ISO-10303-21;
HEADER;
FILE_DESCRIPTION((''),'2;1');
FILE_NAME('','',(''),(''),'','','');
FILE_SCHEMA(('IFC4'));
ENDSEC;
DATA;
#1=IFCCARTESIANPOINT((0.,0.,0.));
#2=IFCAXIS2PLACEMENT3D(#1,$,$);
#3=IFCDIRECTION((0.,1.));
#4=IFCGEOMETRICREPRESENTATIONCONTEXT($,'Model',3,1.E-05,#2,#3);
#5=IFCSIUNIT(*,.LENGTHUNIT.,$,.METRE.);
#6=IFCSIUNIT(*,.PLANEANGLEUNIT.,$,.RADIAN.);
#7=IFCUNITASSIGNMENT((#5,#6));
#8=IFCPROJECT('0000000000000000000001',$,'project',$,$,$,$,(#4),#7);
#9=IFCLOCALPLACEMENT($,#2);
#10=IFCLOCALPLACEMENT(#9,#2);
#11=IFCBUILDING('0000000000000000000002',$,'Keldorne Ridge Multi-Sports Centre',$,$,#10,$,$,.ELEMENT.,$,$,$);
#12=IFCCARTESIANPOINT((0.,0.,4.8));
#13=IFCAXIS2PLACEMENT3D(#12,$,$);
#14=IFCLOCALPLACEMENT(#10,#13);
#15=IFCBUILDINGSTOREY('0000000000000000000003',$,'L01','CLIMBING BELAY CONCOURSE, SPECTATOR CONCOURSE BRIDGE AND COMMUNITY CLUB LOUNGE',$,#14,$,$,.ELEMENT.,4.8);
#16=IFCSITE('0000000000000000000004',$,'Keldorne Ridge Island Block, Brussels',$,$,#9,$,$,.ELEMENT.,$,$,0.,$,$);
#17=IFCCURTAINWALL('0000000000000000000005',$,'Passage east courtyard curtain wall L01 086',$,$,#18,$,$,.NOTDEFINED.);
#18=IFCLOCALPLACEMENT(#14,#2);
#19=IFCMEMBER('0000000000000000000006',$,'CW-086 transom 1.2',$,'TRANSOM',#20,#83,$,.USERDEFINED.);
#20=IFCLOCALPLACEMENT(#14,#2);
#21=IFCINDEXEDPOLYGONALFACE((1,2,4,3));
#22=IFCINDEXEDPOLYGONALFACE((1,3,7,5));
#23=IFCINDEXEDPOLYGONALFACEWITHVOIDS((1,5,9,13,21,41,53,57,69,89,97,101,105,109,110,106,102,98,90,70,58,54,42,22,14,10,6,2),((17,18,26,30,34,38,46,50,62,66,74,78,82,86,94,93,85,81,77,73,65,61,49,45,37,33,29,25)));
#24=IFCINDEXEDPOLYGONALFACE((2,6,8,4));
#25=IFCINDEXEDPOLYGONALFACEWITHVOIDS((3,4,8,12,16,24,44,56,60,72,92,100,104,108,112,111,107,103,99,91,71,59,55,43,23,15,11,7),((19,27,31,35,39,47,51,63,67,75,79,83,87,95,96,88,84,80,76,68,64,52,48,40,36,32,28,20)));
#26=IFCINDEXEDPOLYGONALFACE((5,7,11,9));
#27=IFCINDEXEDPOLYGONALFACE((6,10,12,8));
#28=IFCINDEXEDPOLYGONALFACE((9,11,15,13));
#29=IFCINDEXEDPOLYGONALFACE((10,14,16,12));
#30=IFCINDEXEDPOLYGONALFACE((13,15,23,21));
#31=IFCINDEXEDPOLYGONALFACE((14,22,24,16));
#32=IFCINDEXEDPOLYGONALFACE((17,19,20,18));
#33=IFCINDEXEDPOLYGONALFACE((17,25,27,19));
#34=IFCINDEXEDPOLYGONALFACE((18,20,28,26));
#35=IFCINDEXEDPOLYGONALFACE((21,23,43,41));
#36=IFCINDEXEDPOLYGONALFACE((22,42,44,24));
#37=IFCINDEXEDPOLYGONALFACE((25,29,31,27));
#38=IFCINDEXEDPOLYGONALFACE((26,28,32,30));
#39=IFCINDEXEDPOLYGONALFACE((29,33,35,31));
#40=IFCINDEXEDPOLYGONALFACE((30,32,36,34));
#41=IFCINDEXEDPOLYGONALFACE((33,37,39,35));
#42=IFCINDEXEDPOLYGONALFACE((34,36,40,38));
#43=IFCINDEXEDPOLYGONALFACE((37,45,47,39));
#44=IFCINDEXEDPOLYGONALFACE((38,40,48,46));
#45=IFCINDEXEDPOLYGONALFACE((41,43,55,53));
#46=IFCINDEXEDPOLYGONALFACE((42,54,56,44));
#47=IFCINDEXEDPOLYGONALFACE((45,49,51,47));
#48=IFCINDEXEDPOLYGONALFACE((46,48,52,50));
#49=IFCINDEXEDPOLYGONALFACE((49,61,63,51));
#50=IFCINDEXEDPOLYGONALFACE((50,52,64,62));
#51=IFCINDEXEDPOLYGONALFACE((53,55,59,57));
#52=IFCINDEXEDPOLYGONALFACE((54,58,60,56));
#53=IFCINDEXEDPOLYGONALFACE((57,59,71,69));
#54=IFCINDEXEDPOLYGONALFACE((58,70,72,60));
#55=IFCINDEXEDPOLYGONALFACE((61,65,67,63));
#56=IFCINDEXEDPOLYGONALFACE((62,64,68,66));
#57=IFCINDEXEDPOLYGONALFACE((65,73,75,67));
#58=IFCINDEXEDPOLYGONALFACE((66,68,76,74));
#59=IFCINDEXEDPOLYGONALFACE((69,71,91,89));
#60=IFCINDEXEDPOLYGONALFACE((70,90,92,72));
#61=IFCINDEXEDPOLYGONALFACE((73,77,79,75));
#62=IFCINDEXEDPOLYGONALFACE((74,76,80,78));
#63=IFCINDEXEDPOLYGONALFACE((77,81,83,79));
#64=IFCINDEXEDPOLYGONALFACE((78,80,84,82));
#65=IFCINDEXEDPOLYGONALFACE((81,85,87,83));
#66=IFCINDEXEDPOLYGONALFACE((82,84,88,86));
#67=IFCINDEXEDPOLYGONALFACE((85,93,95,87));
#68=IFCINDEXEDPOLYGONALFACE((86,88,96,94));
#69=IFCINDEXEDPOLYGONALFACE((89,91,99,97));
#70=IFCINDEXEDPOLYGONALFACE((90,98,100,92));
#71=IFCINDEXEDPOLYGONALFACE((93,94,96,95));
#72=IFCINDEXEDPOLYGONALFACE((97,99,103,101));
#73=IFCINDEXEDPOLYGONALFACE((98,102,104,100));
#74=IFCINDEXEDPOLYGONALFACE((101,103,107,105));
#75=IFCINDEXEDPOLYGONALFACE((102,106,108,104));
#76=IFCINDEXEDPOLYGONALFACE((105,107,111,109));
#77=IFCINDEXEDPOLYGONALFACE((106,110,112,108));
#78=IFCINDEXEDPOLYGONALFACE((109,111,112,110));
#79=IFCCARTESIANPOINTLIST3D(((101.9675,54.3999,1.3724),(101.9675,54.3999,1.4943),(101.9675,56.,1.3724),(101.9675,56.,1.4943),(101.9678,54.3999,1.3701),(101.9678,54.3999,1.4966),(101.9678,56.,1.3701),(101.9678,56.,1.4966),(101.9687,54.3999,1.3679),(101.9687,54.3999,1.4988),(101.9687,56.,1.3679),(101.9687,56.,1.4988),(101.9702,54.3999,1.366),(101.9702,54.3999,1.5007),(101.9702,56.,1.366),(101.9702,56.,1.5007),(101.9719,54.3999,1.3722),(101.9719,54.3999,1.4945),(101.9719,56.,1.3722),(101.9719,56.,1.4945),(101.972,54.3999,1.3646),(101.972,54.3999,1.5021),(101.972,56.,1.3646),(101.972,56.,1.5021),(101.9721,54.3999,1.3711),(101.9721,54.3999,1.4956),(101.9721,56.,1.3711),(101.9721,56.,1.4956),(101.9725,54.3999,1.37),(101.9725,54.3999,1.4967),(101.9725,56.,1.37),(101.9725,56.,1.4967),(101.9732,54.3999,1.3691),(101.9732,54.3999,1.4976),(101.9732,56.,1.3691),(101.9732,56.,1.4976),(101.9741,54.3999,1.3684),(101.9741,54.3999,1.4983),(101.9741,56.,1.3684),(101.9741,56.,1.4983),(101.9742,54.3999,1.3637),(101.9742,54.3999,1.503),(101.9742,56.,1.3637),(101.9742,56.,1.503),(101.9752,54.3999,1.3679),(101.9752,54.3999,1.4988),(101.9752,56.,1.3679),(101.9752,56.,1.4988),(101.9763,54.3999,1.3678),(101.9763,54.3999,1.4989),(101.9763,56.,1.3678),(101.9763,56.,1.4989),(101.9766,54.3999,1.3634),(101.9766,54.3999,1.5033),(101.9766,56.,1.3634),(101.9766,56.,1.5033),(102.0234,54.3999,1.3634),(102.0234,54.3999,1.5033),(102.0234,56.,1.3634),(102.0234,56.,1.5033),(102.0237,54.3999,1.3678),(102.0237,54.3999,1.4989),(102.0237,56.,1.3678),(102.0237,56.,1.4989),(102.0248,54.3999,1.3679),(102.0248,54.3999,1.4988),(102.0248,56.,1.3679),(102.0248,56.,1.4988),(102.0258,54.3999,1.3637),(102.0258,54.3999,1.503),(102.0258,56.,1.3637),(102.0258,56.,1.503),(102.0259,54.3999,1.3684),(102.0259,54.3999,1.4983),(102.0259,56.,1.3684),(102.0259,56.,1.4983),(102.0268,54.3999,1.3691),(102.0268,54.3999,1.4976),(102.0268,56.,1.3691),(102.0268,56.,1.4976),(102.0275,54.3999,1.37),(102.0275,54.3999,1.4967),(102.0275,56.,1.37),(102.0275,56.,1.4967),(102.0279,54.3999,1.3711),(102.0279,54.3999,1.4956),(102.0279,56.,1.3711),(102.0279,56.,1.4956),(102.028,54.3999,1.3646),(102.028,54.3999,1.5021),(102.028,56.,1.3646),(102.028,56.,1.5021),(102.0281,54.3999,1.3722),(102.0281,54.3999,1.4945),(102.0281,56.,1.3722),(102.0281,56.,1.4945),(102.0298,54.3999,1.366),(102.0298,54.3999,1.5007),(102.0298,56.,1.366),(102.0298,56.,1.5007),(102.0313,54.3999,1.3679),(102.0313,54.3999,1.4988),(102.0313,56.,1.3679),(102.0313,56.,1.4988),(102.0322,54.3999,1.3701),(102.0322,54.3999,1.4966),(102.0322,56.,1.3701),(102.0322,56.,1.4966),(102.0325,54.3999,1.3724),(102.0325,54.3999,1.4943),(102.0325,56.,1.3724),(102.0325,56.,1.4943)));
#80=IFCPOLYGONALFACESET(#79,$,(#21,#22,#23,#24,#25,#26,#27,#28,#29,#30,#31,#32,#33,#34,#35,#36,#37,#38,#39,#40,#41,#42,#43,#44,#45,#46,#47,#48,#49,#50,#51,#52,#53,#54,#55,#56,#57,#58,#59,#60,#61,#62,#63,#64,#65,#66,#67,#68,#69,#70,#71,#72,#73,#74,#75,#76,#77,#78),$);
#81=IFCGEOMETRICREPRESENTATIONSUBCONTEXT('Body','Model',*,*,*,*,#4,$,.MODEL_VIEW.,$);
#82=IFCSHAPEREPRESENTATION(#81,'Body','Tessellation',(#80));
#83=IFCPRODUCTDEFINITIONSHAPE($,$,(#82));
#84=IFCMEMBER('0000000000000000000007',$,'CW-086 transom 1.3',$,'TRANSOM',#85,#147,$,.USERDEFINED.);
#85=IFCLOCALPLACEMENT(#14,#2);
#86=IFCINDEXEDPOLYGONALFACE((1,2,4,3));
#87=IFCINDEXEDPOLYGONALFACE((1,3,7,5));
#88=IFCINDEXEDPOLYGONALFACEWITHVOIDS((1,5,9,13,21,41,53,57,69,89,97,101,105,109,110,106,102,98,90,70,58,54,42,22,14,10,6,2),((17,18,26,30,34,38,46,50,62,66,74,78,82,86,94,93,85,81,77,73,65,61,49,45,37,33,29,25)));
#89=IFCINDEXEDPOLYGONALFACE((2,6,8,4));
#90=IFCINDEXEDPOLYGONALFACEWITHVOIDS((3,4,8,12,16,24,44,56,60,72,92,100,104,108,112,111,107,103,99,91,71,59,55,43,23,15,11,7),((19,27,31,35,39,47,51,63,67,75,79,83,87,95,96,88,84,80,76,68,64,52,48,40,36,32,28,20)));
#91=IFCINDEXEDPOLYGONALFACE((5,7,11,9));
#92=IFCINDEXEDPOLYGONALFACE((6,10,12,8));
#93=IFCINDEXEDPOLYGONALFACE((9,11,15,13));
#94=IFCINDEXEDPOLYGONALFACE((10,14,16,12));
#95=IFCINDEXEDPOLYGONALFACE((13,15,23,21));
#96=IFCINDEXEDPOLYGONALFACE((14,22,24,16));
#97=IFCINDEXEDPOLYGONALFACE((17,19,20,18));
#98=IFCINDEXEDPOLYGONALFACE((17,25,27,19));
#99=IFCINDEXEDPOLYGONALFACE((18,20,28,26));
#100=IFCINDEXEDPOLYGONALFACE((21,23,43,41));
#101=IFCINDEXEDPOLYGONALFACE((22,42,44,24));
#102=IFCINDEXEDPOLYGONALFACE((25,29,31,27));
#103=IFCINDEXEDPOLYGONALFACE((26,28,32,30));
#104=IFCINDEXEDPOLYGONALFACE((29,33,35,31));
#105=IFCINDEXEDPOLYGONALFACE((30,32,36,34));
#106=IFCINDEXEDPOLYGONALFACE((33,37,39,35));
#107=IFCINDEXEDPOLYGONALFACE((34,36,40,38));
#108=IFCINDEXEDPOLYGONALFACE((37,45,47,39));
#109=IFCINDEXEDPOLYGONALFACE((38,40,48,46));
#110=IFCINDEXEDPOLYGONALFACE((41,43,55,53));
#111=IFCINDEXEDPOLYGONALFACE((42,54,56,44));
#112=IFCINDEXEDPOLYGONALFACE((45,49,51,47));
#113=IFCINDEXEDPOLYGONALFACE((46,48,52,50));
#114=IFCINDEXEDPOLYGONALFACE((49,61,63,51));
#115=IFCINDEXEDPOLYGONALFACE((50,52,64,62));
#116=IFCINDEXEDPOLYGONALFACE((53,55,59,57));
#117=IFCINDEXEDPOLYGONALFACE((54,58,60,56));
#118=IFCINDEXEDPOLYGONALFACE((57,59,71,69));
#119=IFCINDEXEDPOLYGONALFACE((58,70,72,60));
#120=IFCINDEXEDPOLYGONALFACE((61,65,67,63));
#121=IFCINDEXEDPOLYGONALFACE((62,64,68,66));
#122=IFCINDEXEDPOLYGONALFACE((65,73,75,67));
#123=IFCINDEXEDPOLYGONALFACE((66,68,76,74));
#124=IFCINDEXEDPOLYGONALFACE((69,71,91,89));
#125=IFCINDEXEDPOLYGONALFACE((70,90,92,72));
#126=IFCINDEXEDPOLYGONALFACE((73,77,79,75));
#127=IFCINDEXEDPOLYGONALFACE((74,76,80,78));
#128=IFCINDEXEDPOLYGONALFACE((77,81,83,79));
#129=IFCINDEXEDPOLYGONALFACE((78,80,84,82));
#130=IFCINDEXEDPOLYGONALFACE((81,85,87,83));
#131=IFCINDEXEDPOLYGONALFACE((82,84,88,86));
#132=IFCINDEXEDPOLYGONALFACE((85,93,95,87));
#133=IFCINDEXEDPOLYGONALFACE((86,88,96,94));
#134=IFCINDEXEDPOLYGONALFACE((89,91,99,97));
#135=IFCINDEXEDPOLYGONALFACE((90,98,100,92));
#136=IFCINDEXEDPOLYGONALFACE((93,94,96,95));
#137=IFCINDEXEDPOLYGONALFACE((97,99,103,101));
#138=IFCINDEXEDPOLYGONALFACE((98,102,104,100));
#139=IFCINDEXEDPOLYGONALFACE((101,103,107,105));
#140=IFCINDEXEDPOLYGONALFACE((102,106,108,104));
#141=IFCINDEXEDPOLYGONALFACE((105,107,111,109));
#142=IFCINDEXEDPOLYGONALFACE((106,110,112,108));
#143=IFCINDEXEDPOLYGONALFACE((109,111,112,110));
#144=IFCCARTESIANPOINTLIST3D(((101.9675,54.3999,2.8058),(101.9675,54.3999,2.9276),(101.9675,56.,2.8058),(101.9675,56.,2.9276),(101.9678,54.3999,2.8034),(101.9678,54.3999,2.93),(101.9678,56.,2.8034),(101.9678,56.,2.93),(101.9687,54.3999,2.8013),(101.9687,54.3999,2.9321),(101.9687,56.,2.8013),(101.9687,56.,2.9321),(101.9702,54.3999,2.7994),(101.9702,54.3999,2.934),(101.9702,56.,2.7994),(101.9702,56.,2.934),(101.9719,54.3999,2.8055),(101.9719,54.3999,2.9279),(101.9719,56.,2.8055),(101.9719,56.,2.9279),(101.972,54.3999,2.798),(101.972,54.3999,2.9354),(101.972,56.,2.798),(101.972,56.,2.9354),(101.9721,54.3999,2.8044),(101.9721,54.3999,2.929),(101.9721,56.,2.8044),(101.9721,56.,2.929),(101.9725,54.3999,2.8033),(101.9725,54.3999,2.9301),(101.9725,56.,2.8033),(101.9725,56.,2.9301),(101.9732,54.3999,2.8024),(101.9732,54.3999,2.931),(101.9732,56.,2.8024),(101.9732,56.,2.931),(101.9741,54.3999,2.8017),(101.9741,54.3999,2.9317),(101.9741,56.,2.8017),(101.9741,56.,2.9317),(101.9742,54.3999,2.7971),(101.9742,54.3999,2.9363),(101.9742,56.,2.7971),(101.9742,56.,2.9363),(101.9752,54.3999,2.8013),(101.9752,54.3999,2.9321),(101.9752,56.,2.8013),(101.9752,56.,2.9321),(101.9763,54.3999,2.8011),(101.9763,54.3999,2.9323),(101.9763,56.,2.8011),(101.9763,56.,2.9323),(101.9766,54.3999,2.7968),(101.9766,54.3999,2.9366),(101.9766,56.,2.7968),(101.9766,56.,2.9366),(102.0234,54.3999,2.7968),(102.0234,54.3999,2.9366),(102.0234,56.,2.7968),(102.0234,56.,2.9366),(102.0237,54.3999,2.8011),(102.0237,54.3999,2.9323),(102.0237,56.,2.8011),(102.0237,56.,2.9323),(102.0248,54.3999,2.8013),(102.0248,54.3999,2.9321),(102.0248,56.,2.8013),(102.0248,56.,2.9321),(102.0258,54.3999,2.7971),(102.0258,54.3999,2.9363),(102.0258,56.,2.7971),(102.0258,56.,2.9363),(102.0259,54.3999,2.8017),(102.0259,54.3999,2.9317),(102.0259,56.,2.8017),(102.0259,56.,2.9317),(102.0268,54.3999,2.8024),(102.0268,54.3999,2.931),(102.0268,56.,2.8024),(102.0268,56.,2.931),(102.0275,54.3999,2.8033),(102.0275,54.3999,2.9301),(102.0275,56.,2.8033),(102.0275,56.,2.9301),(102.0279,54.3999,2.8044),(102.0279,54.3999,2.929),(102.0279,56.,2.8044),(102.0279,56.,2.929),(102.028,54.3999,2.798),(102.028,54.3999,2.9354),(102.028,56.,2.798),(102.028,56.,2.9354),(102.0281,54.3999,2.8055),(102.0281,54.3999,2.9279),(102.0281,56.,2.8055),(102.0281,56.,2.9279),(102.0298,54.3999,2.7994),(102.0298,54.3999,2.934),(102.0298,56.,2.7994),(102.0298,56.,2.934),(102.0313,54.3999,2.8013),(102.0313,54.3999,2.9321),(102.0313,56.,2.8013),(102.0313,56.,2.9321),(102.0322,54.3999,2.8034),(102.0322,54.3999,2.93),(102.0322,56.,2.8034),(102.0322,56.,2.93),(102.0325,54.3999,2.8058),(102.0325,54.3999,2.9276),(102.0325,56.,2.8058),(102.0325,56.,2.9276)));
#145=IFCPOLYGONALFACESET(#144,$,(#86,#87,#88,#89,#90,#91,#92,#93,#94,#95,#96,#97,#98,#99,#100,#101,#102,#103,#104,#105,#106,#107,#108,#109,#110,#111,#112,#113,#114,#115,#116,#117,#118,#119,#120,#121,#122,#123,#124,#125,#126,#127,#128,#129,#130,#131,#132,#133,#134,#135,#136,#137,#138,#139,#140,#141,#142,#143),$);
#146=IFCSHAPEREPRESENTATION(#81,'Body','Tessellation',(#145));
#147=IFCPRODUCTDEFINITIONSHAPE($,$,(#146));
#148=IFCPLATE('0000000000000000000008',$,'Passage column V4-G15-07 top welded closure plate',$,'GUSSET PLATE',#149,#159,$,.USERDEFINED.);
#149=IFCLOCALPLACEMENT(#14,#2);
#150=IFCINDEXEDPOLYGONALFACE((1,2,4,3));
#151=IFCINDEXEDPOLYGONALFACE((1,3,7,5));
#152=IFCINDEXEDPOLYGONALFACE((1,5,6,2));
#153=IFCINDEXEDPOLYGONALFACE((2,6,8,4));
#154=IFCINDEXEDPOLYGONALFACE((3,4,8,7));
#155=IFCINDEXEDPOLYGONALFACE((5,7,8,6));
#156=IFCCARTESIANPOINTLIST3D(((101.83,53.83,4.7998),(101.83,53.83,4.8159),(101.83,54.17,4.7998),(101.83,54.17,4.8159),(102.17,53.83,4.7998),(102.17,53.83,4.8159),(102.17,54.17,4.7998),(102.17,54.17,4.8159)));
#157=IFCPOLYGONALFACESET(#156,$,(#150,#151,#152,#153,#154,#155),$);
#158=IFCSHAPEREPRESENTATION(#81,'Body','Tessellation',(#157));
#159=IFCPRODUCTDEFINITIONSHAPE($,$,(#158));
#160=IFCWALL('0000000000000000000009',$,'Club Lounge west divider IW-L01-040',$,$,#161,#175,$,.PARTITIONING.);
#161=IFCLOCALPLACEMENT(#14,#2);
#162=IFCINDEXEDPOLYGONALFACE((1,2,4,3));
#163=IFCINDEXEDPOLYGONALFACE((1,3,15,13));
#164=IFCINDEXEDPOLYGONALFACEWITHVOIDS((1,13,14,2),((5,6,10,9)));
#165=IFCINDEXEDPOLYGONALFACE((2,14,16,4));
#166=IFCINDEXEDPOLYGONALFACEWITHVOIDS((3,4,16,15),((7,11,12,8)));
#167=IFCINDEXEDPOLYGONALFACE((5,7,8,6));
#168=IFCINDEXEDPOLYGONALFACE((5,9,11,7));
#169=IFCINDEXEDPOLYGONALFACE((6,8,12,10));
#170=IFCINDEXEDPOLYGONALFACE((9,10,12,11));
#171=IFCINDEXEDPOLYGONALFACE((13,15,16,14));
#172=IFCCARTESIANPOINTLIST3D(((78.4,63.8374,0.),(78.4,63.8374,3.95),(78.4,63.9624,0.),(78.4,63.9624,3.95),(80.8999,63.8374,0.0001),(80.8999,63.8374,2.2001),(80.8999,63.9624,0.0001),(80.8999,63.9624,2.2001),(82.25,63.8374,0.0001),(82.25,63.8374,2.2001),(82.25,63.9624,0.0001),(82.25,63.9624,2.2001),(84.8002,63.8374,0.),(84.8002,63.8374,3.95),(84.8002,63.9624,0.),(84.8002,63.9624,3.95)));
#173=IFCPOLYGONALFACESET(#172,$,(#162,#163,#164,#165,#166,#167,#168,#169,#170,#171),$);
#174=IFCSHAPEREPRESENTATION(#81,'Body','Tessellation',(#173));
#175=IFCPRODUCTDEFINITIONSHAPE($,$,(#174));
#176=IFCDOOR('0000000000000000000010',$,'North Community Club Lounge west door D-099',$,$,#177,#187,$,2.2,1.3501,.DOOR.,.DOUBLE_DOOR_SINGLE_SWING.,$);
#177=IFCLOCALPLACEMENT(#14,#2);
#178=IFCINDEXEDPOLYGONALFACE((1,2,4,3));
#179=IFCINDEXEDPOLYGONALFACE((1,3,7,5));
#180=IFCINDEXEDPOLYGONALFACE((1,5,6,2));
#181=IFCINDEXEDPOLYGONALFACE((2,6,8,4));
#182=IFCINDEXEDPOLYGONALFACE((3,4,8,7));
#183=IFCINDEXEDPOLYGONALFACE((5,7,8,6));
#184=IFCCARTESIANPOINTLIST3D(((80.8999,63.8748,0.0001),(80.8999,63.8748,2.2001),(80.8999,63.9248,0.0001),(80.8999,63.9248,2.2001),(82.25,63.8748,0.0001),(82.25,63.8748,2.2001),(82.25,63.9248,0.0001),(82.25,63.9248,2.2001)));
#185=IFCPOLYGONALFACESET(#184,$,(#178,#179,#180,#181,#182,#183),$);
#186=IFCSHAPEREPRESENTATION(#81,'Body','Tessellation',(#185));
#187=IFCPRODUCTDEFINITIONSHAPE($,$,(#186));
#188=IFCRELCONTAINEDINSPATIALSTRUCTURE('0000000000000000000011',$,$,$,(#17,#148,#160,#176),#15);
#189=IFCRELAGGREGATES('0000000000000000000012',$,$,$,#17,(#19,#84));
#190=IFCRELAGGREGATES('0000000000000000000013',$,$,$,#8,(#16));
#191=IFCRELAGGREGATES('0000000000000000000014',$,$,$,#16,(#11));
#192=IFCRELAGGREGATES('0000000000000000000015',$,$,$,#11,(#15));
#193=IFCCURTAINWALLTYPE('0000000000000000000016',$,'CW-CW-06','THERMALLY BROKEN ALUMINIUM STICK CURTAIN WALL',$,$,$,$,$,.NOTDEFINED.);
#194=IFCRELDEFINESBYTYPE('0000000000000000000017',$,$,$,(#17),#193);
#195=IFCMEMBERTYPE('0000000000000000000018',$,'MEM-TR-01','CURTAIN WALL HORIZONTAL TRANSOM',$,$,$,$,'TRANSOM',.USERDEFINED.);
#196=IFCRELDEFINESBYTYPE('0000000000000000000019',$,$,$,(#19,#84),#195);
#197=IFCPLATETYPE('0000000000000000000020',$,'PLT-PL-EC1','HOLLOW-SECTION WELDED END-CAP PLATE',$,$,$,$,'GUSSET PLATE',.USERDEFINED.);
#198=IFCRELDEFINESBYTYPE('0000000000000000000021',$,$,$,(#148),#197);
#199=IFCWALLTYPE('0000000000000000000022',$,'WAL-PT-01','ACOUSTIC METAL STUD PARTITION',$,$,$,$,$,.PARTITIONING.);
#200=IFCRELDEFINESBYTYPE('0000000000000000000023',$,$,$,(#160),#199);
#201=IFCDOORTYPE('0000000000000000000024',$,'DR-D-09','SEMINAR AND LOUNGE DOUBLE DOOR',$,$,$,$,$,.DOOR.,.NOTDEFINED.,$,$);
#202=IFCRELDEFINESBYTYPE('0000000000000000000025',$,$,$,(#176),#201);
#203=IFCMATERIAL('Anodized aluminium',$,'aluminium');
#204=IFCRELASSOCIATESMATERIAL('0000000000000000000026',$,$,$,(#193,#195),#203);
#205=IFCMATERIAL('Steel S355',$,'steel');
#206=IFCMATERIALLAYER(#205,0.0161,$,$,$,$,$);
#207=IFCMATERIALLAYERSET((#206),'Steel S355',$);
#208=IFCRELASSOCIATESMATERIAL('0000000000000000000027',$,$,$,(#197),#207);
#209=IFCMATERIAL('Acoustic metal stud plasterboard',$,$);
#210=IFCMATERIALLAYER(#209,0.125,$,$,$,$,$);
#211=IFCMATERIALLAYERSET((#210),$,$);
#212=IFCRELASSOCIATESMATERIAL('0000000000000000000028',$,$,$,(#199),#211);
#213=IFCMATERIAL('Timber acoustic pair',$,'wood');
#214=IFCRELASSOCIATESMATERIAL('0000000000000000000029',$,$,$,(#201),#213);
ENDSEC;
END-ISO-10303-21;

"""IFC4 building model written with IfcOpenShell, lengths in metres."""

from ifc_helpers import new_model, si_unit, direction, frame, frame_2d, origin, origin_2d, place, context, subcontext, project, spatial, rectangle, hollow_rectangle, extrude, material, layer, layer_set, material_profile, profile_set, type_object, element, fill, aggregate, save


model = new_model("IFC4")

# Units and contexts
model_context = context("Model", 3, precision=1e-05, world=origin(), true_north=direction((0.0, 1.0)))
body_context = subcontext(model_context, "Body", "Model", "MODEL_VIEW")
ifc_project = project(units=[si_unit("LENGTHUNIT", "METRE"), si_unit("PLANEANGLEUNIT", "RADIAN")], contexts=[model_context])

# Site, building, storey
site_placement = place(None, origin())
site = spatial("IfcSite", under=ifc_project, at=site_placement, Name="Keldorne Ridge Island Block, Brussels", CompositionType="ELEMENT", RefElevation=0.0)
building_placement = place(site_placement, origin())
building = spatial("IfcBuilding", under=site, at=building_placement, Name="Keldorne Ridge Multi-Sports Centre", CompositionType="ELEMENT")
storey_placement = place(building_placement, frame((0.0, 0.0, 4.8)))
storey = spatial("IfcBuildingStorey", under=building, at=storey_placement, Name="L01", Description="CLIMBING BELAY CONCOURSE, SPECTATOR CONCOURSE BRIDGE AND COMMUNITY CLUB LOUNGE", CompositionType="ELEMENT", Elevation=4.8)

# Shared definitions
ifc_material_1 = material(Name="Steel S355", Category="steel")

# Curtain wall
ifc_material_2 = material(Name="Anodized aluminium", Category="aluminium")
curtain_wall_type_1 = type_object("IfcCurtainWallType", Name="CW-CW-06", Description="THERMALLY BROKEN ALUMINIUM STICK CURTAIN WALL", PredefinedType="NOTDEFINED", material=ifc_material_2)
curtain_wall_1_placement = place(storey_placement, origin())
curtain_wall_1 = element("IfcCurtainWall", 1, at=curtain_wall_1_placement, inside=storey, type_object=curtain_wall_type_1, Name="Passage east courtyard curtain wall L01 086", PredefinedType="NOTDEFINED")

# Shared definitions
ifc_material_profile_1 = material_profile(ifc_material_2, hollow_rectangle(XDim=0.0649, YDim=0.1399, WallThickness=0.0044, InnerFilletRadius=0.0044, OuterFilletRadius=0.009, at=origin_2d()), Name="ALU TRANSOM 140x65x4.5")
ifc_profile_set_1 = profile_set([ifc_material_profile_1], Name="Anodized aluminium")
member_type_1 = type_object("IfcMemberType", Name="MEM-TR-01", Description="CURTAIN WALL HORIZONTAL TRANSOM", ElementType="TRANSOM", PredefinedType="USERDEFINED", material=ifc_profile_set_1)

# Members
member_1_placement = place(storey_placement, frame((102.0, 54.3999, 1.4333), z_axis=(0.0, 1.0, 0.0), x_axis=(-1.0, 0.0, 0.0)))
member_1 = element("IfcMember", 2, at=member_1_placement, type_object=member_type_1, Name="CW-086 transom 1.2", ObjectType="TRANSOM", PredefinedType="USERDEFINED", context=body_context, shape_type="SweptSolid", body=[
    extrude(hollow_rectangle(XDim=0.0649, YDim=0.1399, WallThickness=0.0044, InnerFilletRadius=0.0044, OuterFilletRadius=0.009, at=origin_2d()), origin(), (0.0, 0.0, 1.0), 1.6001),
])
member_2_placement = place(storey_placement, frame((102.0, 54.3999, 2.8667), z_axis=(0.0, 1.0, 0.0), x_axis=(-1.0, 0.0, 0.0)))
member_2 = element("IfcMember", 3, at=member_2_placement, type_object=member_type_1, Name="CW-086 transom 1.3", ObjectType="TRANSOM", PredefinedType="USERDEFINED", context=body_context, shape_type="SweptSolid", body=[
    extrude(hollow_rectangle(XDim=0.0649, YDim=0.1399, WallThickness=0.0044, InnerFilletRadius=0.0044, OuterFilletRadius=0.009, at=origin_2d()), origin(), (0.0, 0.0, 1.0), 1.6001),
])
aggregate(curtain_wall_1, [member_1, member_2])

# Plate
ifc_layer_1 = layer(ifc_material_1, 0.0161)
ifc_layer_set_1 = layer_set([ifc_layer_1], Name="Steel S355")
plate_type = type_object("IfcPlateType", Name="PLT-PL-EC1", Description="HOLLOW-SECTION WELDED END-CAP PLATE", ElementType="GUSSET PLATE", PredefinedType="USERDEFINED", material=ifc_layer_set_1)
plate_placement = place(storey_placement, frame((102.0, 54.0, 4.7998), z_axis=(0.0, 0.0, 1.0), x_axis=(1.0, 0.0, 0.0)))
element("IfcPlate", 4, at=plate_placement, inside=storey, type_object=plate_type, Name="Passage column V4-G15-07 top welded closure plate", ObjectType="GUSSET PLATE", PredefinedType="USERDEFINED", context=body_context, shape_type="SweptSolid", body=[
    extrude(rectangle(XDim=0.3401, YDim=0.3401, at=origin_2d()), origin(), (0.0, 0.0, 1.0), 0.0161),
])

# Wall, opening, door
ifc_material_3 = material(Name="Acoustic metal stud plasterboard")
ifc_layer_2 = layer(ifc_material_3, 0.125)
ifc_layer_set_2 = layer_set([ifc_layer_2])
wall_type = type_object("IfcWallType", Name="WAL-PT-01", Description="ACOUSTIC METAL STUD PARTITION", PredefinedType="PARTITIONING", material=ifc_layer_set_2)
wall_1_placement = place(storey_placement, frame((78.3999, 63.8999, 0.0), z_axis=(0.0, 0.0, 1.0), x_axis=(1.0, 0.0, 0.0)))
wall_1 = element("IfcWall", 5, at=wall_1_placement, inside=storey, type_object=wall_type, Name="Club Lounge west divider IW-L01-040", PredefinedType="PARTITIONING", context=body_context, shape_type="SweptSolid", body=[
    extrude(rectangle(XDim=6.4001, YDim=0.125, at=frame_2d((3.2002, 0.0))), origin(), (0.0, 0.0, 1.0), 3.95),
])
opening_1_placement = place(wall_1_placement, frame((2.5, 0.0, 0.0)))
opening_1 = element("IfcOpeningElement", 6, at=opening_1_placement, cuts=wall_1, PredefinedType="OPENING", context=body_context, shape_type="SweptSolid", body=[
    extrude(rectangle(XDim=1.3501, YDim=2.2, at=frame_2d((0.675, 1.1001))), frame((0.0, 0.0725, 0.0), z_axis=(0.0, -1.0, 0.0), x_axis=(1.0, 0.0, 0.0)), (0.0, 0.0, 1.0), 0.145),
])
ifc_material_4 = material(Name="Timber acoustic pair", Category="wood")
door_type = type_object("IfcDoorType", Name="DR-D-09", Description="SEMINAR AND LOUNGE DOUBLE DOOR", OperationType="NOTDEFINED", PredefinedType="DOOR", material=ifc_material_4)
door_1_placement = place(opening_1_placement, origin())
door_1 = element("IfcDoor", 7, at=door_1_placement, inside=storey, type_object=door_type, Name="North Community Club Lounge west door D-099", OperationType="DOUBLE_DOOR_SINGLE_SWING", OverallHeight=2.2, OverallWidth=1.3501, PredefinedType="DOOR", context=body_context, shape_type="SweptSolid", body=[
    extrude(rectangle(XDim=1.3501, YDim=2.2, at=frame_2d((0.675, 1.1001))), frame((0.0, 0.0249, 0.0), z_axis=(0.0, -1.0, 0.0), x_axis=(1.0, 0.0, 0.0)), (0.0, 0.0, 1.0), 0.05),
])
fill(opening_1, door_1)

save(model, "model.ifc")
